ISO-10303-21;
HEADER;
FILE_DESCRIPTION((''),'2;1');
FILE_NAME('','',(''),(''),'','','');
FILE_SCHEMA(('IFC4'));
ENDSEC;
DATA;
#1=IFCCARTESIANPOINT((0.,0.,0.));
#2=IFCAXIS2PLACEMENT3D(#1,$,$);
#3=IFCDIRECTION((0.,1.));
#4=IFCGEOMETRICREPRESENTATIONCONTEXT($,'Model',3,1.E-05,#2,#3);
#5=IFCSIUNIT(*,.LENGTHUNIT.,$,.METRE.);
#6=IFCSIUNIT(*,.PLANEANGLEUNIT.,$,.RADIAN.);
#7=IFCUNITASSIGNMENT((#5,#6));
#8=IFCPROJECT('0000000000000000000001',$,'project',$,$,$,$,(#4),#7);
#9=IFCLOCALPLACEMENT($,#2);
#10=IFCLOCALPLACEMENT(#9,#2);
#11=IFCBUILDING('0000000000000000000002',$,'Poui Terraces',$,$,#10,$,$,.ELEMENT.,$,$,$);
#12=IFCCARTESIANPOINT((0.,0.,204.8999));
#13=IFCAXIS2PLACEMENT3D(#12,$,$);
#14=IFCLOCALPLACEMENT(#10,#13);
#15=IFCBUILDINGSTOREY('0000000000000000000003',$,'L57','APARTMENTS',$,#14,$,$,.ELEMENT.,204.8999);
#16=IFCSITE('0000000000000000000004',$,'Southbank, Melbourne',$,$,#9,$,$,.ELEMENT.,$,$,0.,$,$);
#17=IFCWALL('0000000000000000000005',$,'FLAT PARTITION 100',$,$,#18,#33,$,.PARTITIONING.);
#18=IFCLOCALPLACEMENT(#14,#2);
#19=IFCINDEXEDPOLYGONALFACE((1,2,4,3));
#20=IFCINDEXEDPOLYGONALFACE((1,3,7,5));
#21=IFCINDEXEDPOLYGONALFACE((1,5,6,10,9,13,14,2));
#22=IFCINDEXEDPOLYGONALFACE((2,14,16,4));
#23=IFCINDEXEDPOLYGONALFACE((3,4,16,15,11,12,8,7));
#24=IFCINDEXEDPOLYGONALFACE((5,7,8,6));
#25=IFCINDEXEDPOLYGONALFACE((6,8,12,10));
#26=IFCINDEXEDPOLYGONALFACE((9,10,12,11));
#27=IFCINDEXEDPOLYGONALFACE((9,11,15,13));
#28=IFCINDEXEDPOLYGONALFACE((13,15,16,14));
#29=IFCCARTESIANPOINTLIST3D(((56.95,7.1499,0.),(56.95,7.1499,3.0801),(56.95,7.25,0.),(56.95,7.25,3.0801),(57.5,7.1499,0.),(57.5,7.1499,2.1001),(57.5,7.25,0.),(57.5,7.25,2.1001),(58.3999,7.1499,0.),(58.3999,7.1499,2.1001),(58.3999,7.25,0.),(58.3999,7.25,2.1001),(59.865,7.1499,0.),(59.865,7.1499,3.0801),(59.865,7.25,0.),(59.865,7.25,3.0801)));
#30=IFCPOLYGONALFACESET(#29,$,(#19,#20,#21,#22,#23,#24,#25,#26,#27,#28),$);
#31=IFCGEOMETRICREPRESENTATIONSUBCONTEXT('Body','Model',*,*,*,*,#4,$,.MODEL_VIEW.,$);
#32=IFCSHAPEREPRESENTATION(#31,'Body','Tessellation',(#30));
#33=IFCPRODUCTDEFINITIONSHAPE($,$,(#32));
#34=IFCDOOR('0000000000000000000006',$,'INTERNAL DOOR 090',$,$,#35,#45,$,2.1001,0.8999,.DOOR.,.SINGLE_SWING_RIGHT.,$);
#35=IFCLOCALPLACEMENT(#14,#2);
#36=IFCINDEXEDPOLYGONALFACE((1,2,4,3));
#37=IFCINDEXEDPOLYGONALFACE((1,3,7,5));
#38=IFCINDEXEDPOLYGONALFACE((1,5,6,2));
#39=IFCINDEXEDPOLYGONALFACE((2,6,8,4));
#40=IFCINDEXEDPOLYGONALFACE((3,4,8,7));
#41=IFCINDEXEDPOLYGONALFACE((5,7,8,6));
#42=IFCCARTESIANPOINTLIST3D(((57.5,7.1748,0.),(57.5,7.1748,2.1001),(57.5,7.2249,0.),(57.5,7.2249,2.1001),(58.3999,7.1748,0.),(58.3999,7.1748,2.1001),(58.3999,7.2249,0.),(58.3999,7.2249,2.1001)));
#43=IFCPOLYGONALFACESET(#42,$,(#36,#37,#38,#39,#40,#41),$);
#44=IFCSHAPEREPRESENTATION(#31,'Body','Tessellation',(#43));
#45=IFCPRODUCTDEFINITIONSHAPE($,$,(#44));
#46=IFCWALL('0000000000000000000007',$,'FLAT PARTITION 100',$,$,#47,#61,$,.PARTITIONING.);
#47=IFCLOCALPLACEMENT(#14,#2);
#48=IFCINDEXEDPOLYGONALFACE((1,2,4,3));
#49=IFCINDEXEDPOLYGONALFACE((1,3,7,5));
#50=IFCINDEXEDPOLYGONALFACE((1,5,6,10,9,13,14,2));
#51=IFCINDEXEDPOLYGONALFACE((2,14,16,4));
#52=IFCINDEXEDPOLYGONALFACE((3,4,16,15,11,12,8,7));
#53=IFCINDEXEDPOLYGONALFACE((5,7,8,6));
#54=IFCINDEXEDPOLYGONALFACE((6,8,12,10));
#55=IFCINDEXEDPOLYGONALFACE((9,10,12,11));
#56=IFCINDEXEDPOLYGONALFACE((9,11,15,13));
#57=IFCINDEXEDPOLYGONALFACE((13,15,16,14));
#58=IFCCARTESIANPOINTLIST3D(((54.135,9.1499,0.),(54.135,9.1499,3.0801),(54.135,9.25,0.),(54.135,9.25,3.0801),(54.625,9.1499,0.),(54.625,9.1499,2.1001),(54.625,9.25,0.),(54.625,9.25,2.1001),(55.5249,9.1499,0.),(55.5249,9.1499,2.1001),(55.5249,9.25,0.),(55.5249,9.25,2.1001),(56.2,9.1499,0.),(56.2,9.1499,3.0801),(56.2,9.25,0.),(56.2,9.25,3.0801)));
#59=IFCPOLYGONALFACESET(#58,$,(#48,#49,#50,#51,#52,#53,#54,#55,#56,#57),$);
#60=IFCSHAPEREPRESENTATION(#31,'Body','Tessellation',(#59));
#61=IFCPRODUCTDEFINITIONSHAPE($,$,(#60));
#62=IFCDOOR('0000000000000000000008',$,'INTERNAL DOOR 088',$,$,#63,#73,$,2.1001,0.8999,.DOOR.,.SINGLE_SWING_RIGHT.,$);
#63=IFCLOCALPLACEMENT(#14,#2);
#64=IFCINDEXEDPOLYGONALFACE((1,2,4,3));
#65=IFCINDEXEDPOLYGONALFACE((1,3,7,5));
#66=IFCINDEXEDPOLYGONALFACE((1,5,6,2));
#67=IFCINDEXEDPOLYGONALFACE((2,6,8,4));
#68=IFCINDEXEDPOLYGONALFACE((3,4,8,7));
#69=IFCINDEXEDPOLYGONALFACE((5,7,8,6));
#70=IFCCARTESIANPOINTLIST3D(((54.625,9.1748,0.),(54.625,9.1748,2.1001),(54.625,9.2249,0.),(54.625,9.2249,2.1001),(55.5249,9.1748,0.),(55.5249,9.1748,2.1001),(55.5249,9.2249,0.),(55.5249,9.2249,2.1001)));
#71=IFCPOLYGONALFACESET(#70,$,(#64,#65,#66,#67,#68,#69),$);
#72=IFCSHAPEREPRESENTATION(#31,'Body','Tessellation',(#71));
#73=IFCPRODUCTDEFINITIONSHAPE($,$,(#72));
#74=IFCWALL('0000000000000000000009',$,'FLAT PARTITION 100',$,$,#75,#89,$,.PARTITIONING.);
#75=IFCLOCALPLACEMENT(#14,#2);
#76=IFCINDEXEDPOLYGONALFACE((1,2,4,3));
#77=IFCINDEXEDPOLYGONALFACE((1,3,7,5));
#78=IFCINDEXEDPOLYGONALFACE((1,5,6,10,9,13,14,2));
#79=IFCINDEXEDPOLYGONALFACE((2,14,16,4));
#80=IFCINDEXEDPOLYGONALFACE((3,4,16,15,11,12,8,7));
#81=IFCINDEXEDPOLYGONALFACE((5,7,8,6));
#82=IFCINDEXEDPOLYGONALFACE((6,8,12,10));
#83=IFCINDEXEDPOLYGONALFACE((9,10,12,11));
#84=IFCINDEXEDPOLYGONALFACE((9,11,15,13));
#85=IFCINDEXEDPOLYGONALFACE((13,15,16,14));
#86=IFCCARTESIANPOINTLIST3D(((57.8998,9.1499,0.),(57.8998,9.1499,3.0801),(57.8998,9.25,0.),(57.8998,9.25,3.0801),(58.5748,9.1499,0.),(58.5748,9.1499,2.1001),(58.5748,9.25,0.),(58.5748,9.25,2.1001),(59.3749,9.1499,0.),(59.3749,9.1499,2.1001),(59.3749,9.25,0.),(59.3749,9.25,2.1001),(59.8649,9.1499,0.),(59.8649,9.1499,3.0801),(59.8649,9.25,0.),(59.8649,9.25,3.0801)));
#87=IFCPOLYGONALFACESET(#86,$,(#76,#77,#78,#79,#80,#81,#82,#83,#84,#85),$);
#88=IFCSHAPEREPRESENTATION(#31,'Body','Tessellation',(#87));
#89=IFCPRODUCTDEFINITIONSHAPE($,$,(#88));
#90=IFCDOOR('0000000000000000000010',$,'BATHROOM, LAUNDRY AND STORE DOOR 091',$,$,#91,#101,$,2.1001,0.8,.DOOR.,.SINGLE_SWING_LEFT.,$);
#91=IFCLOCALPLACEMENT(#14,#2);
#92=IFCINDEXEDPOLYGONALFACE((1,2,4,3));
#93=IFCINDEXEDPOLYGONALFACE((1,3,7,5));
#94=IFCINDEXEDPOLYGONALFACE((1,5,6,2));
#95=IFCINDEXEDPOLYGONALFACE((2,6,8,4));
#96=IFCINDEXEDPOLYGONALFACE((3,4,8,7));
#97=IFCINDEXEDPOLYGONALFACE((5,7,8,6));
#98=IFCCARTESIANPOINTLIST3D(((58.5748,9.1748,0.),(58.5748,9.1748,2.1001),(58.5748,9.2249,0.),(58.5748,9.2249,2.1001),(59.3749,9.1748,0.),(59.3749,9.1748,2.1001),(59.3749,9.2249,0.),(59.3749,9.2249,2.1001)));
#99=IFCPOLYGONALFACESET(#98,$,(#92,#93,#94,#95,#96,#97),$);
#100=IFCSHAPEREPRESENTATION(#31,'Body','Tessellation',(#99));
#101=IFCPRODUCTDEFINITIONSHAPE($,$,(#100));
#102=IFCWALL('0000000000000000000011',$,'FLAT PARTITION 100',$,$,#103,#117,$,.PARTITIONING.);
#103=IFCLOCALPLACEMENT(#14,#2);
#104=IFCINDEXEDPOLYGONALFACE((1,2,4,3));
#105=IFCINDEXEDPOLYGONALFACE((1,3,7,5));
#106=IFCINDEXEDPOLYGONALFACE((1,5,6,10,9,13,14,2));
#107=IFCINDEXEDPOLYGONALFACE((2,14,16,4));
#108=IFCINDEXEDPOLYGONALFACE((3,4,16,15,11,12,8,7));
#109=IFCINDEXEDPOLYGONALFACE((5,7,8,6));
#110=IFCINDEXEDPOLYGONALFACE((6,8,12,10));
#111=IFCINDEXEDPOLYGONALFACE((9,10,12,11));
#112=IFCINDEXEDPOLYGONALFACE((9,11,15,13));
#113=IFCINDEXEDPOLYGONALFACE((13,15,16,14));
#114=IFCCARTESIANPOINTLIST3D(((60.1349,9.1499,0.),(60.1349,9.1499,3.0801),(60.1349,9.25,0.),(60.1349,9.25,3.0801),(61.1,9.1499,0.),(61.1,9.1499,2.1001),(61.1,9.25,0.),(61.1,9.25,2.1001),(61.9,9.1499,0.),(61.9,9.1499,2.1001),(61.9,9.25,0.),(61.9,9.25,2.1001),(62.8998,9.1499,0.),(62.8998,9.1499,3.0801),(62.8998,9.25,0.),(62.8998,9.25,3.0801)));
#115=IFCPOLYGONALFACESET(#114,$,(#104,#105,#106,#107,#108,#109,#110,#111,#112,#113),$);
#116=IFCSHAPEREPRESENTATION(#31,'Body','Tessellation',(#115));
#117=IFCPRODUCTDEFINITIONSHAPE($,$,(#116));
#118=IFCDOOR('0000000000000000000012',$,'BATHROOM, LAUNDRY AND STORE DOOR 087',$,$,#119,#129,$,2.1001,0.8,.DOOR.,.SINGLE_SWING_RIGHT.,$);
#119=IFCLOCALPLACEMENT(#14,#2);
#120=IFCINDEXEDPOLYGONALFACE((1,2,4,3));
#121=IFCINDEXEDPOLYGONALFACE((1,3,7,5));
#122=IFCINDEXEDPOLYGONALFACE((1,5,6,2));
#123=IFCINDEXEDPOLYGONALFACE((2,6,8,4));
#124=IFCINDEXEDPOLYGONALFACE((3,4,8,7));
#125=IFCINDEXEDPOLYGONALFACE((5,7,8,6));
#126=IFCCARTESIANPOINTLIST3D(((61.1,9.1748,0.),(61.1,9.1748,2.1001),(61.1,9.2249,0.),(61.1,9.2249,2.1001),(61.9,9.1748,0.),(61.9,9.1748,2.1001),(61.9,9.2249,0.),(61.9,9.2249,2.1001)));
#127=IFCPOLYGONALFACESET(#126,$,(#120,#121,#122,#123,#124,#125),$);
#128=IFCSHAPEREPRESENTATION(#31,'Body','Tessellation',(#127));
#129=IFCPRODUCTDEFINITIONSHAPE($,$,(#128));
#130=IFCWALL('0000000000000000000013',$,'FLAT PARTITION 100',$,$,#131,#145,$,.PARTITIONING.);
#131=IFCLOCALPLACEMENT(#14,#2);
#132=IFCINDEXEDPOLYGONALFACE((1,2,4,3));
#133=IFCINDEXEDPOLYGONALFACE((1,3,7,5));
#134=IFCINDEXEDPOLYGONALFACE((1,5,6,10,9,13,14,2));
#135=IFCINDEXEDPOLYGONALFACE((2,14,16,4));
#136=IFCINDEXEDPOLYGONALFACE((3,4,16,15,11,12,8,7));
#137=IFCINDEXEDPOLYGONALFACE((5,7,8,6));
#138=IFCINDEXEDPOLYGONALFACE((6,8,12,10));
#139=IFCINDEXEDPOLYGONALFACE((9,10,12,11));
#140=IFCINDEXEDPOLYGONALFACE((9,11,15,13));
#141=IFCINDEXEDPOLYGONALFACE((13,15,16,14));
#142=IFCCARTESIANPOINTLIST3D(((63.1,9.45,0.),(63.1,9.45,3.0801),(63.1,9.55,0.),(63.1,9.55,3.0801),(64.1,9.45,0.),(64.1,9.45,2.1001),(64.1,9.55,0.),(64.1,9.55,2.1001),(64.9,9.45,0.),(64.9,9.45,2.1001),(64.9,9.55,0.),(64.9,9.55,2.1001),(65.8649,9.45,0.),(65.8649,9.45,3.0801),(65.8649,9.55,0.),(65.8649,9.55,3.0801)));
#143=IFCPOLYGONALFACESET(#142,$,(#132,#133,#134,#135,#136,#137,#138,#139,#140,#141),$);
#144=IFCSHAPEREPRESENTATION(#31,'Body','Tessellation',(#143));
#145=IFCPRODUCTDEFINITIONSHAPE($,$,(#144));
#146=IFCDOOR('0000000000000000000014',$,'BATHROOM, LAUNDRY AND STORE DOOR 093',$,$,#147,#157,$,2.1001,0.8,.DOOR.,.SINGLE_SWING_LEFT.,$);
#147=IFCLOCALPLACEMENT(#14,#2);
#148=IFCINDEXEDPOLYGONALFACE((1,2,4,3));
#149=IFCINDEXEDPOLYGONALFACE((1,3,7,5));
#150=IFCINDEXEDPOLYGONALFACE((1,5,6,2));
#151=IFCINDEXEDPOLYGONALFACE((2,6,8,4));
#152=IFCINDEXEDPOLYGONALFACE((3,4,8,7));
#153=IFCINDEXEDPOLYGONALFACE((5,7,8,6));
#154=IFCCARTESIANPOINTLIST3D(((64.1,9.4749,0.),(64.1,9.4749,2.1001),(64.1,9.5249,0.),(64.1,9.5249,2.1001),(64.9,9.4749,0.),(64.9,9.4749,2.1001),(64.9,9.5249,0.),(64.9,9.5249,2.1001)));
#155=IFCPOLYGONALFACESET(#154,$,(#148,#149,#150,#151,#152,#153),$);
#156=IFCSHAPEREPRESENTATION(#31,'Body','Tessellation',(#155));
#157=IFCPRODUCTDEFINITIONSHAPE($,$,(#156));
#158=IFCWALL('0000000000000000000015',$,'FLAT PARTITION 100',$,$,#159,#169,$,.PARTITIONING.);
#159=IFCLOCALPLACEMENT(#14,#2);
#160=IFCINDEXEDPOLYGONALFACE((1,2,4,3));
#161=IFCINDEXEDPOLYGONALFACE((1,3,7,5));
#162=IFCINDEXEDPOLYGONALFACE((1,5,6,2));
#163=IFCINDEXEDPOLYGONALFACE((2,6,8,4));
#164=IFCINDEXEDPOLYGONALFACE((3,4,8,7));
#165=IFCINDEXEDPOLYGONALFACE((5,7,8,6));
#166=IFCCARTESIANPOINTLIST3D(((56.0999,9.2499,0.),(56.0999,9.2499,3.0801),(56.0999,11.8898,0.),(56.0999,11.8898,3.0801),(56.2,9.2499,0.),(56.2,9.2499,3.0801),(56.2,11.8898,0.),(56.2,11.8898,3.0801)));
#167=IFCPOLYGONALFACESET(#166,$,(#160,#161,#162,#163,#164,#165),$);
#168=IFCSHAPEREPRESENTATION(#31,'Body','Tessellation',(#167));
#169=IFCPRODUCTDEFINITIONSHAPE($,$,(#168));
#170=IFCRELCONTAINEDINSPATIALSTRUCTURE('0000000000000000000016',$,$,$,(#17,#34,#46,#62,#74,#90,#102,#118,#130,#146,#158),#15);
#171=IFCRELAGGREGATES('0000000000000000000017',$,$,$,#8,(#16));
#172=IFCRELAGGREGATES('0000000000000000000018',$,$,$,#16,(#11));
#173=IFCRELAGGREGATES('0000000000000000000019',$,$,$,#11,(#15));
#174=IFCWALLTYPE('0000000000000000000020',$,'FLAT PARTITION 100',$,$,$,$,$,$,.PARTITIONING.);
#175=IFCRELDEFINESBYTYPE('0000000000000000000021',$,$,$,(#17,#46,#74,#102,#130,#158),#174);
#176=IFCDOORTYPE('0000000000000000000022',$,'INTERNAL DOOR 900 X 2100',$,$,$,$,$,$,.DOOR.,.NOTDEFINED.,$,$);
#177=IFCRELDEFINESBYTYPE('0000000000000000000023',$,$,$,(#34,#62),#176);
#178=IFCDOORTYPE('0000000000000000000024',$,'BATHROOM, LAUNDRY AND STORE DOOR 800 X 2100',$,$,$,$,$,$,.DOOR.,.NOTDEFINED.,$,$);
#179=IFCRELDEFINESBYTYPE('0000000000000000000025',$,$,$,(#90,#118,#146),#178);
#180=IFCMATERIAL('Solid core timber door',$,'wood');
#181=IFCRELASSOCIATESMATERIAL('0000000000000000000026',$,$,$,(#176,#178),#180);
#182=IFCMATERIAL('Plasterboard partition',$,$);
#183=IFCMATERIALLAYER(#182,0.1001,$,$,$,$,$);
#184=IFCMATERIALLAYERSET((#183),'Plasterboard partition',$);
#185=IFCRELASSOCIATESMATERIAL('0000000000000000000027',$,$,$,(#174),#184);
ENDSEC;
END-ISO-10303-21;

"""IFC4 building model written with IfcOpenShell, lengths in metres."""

from ifc_helpers import new_model, si_unit, direction, frame, frame_2d, origin, place, context, subcontext, project, spatial, rectangle, extrude, material, layer, layer_set, type_object, element, fill, save


model = new_model("IFC4")

# Units and contexts
model_context = context("Model", 3, precision=1e-05, world=origin(), true_north=direction((0.0, 1.0)))
body_context = subcontext(model_context, "Body", "Model", "MODEL_VIEW")
ifc_project = project(units=[si_unit("LENGTHUNIT", "METRE"), si_unit("PLANEANGLEUNIT", "RADIAN")], contexts=[model_context])

# Site, building, storey
site_placement = place(None, origin())
site = spatial("IfcSite", under=ifc_project, at=site_placement, Name="Southbank, Melbourne", CompositionType="ELEMENT", RefElevation=0.0)
building_placement = place(site_placement, origin())
building = spatial("IfcBuilding", under=site, at=building_placement, Name="Poui Terraces", CompositionType="ELEMENT")
storey_placement = place(building_placement, frame((0.0, 0.0, 204.8999)))
storey = spatial("IfcBuildingStorey", under=building, at=storey_placement, Name="L57", Description="APARTMENTS", CompositionType="ELEMENT", Elevation=204.8999)

# Walls, openings, doors
ifc_material_1 = material(Name="Solid core timber door", Category="wood")
door_type_1 = type_object("IfcDoorType", Name="INTERNAL DOOR 900 X 2100", OperationType="NOTDEFINED", PredefinedType="DOOR", material=ifc_material_1)
ifc_material_2 = material(Name="Plasterboard partition")
ifc_layer_1 = layer(ifc_material_2, 0.1001)
ifc_layer_set_1 = layer_set([ifc_layer_1], Name="Plasterboard partition")
wall_type_1 = type_object("IfcWallType", Name="FLAT PARTITION 100", PredefinedType="PARTITIONING", material=ifc_layer_set_1)
wall_1_placement = place(storey_placement, frame((56.95, 7.2, 0.0), z_axis=(0.0, 0.0, 1.0), x_axis=(1.0, 0.0, 0.0)))
wall_1 = element("IfcWall", 1, at=wall_1_placement, inside=storey, type_object=wall_type_1, Name="FLAT PARTITION 100", PredefinedType="PARTITIONING", context=body_context, shape_type="SweptSolid", body=[
    extrude(rectangle(XDim=2.915, YDim=0.1001, at=frame_2d((1.4575, 0.0))), origin(), (0.0, 0.0, 1.0), 3.0801),
])
opening_1_placement = place(wall_1_placement, frame((0.55, 0.0, 0.0)))
opening_1 = element("IfcOpeningElement", 2, at=opening_1_placement, cuts=wall_1, PredefinedType="OPENING", context=body_context, shape_type="SweptSolid", body=[
    extrude(rectangle(XDim=0.8999, YDim=2.1001, at=frame_2d((0.45, 1.05))), frame((0.0, 0.0601, 0.0), z_axis=(0.0, -1.0, 0.0), x_axis=(1.0, 0.0, 0.0)), (0.0, 0.0, 1.0), 0.1201),
])
door_1_placement = place(opening_1_placement, origin())
door_1 = element("IfcDoor", 3, at=door_1_placement, inside=storey, type_object=door_type_1, Name="INTERNAL DOOR 090", OperationType="SINGLE_SWING_RIGHT", OverallHeight=2.1001, OverallWidth=0.8999, PredefinedType="DOOR", context=body_context, shape_type="SweptSolid", body=[
    extrude(rectangle(XDim=0.8999, YDim=2.1001, at=frame_2d((0.45, 1.05))), frame((0.0, 0.0249, 0.0), z_axis=(0.0, -1.0, 0.0), x_axis=(1.0, 0.0, 0.0)), (0.0, 0.0, 1.0), 0.05),
])
fill(opening_1, door_1)
wall_2_placement = place(storey_placement, frame((54.135, 9.2, 0.0), z_axis=(0.0, 0.0, 1.0), x_axis=(1.0, 0.0, 0.0)))
wall_2 = element("IfcWall", 4, at=wall_2_placement, inside=storey, type_object=wall_type_1, Name="FLAT PARTITION 100", PredefinedType="PARTITIONING", context=body_context, shape_type="SweptSolid", body=[
    extrude(rectangle(XDim=2.0649, YDim=0.1001, at=frame_2d((1.0325, 0.0))), origin(), (0.0, 0.0, 1.0), 3.0801),
])
opening_2_placement = place(wall_2_placement, frame((0.49, 0.0, 0.0)))
opening_2 = element("IfcOpeningElement", 5, at=opening_2_placement, cuts=wall_2, PredefinedType="OPENING", context=body_context, shape_type="SweptSolid", body=[
    extrude(rectangle(XDim=0.8999, YDim=2.1001, at=frame_2d((0.45, 1.05))), frame((0.0, 0.0601, 0.0), z_axis=(0.0, -1.0, 0.0), x_axis=(1.0, 0.0, 0.0)), (0.0, 0.0, 1.0), 0.1201),
])
door_2_placement = place(opening_2_placement, origin())
door_2 = element("IfcDoor", 6, at=door_2_placement, inside=storey, type_object=door_type_1, Name="INTERNAL DOOR 088", OperationType="SINGLE_SWING_RIGHT", OverallHeight=2.1001, OverallWidth=0.8999, PredefinedType="DOOR", context=body_context, shape_type="SweptSolid", body=[
    extrude(rectangle(XDim=0.8999, YDim=2.1001, at=frame_2d((0.45, 1.05))), frame((0.0, 0.0249, 0.0), z_axis=(0.0, -1.0, 0.0), x_axis=(1.0, 0.0, 0.0)), (0.0, 0.0, 1.0), 0.05),
])
fill(opening_2, door_2)
wall_3_placement = place(storey_placement, frame((57.8999, 9.2, 0.0), z_axis=(0.0, 0.0, 1.0), x_axis=(1.0, 0.0, 0.0)))
wall_3 = element("IfcWall", 7, at=wall_3_placement, inside=storey, type_object=wall_type_1, Name="FLAT PARTITION 100", PredefinedType="PARTITIONING", context=body_context, shape_type="SweptSolid", body=[
    extrude(rectangle(XDim=1.9651, YDim=0.1001, at=frame_2d((0.9824, 0.0))), origin(), (0.0, 0.0, 1.0), 3.0801),
])
opening_3_placement = place(wall_3_placement, frame((0.675, 0.0, 0.0)))
opening_3 = element("IfcOpeningElement", 8, at=opening_3_placement, cuts=wall_3, PredefinedType="OPENING", context=body_context, shape_type="SweptSolid", body=[
    extrude(rectangle(XDim=0.8, YDim=2.1001, at=frame_2d((0.3999, 1.05))), frame((0.0, 0.0601, 0.0), z_axis=(0.0, -1.0, 0.0), x_axis=(1.0, 0.0, 0.0)), (0.0, 0.0, 1.0), 0.1201),
])
door_type_2 = type_object("IfcDoorType", Name="BATHROOM, LAUNDRY AND STORE DOOR 800 X 2100", OperationType="NOTDEFINED", PredefinedType="DOOR", material=ifc_material_1)
door_3_placement = place(opening_3_placement, origin())
door_3 = element("IfcDoor", 9, at=door_3_placement, inside=storey, type_object=door_type_2, Name="BATHROOM, LAUNDRY AND STORE DOOR 091", OperationType="SINGLE_SWING_LEFT", OverallHeight=2.1001, OverallWidth=0.8, PredefinedType="DOOR", context=body_context, shape_type="SweptSolid", body=[
    extrude(rectangle(XDim=0.8, YDim=2.1001, at=frame_2d((0.3999, 1.05))), frame((0.0, 0.0249, 0.0), z_axis=(0.0, -1.0, 0.0), x_axis=(1.0, 0.0, 0.0)), (0.0, 0.0, 1.0), 0.05),
])
fill(opening_3, door_3)
wall_4_placement = place(storey_placement, frame((60.135, 9.2, 0.0), z_axis=(0.0, 0.0, 1.0), x_axis=(1.0, 0.0, 0.0)))
wall_4 = element("IfcWall", 10, at=wall_4_placement, inside=storey, type_object=wall_type_1, Name="FLAT PARTITION 100", PredefinedType="PARTITIONING", context=body_context, shape_type="SweptSolid", body=[
    extrude(rectangle(XDim=2.7649, YDim=0.1001, at=frame_2d((1.3823, 0.0))), origin(), (0.0, 0.0, 1.0), 3.0801),
])
opening_4_placement = place(wall_4_placement, frame((0.9651, 0.0, 0.0)))
opening_4 = element("IfcOpeningElement", 11, at=opening_4_placement, cuts=wall_4, PredefinedType="OPENING", context=body_context, shape_type="SweptSolid", body=[
    extrude(rectangle(XDim=0.8, YDim=2.1001, at=frame_2d((0.3999, 1.05))), frame((0.0, 0.0601, 0.0), z_axis=(0.0, -1.0, 0.0), x_axis=(1.0, 0.0, 0.0)), (0.0, 0.0, 1.0), 0.1201),
])
door_4_placement = place(opening_4_placement, origin())
door_4 = element("IfcDoor", 12, at=door_4_placement, inside=storey, type_object=door_type_2, Name="BATHROOM, LAUNDRY AND STORE DOOR 087", OperationType="SINGLE_SWING_RIGHT", OverallHeight=2.1001, OverallWidth=0.8, PredefinedType="DOOR", context=body_context, shape_type="SweptSolid", body=[
    extrude(rectangle(XDim=0.8, YDim=2.1001, at=frame_2d((0.3999, 1.05))), frame((0.0, 0.0249, 0.0), z_axis=(0.0, -1.0, 0.0), x_axis=(1.0, 0.0, 0.0)), (0.0, 0.0, 1.0), 0.05),
])
fill(opening_4, door_4)
wall_5_placement = place(storey_placement, frame((63.1001, 9.5, 0.0), z_axis=(0.0, 0.0, 1.0), x_axis=(1.0, 0.0, 0.0)))
wall_5 = element("IfcWall", 13, at=wall_5_placement, inside=storey, type_object=wall_type_1, Name="FLAT PARTITION 100", PredefinedType="PARTITIONING", context=body_context, shape_type="SweptSolid", body=[
    extrude(rectangle(XDim=2.7649, YDim=0.1001, at=frame_2d((1.3823, 0.0))), origin(), (0.0, 0.0, 1.0), 3.0801),
])
opening_5_placement = place(wall_5_placement, frame((1.0, 0.0, 0.0)))
opening_5 = element("IfcOpeningElement", 14, at=opening_5_placement, cuts=wall_5, PredefinedType="OPENING", context=body_context, shape_type="SweptSolid", body=[
    extrude(rectangle(XDim=0.8, YDim=2.1001, at=frame_2d((0.3999, 1.05))), frame((0.0, 0.0601, 0.0), z_axis=(0.0, -1.0, 0.0), x_axis=(1.0, 0.0, 0.0)), (0.0, 0.0, 1.0), 0.1201),
])
door_5_placement = place(opening_5_placement, origin())
door_5 = element("IfcDoor", 15, at=door_5_placement, inside=storey, type_object=door_type_2, Name="BATHROOM, LAUNDRY AND STORE DOOR 093", OperationType="SINGLE_SWING_LEFT", OverallHeight=2.1001, OverallWidth=0.8, PredefinedType="DOOR", context=body_context, shape_type="SweptSolid", body=[
    extrude(rectangle(XDim=0.8, YDim=2.1001, at=frame_2d((0.3999, 1.05))), frame((0.0, 0.0249, 0.0), z_axis=(0.0, -1.0, 0.0), x_axis=(1.0, 0.0, 0.0)), (0.0, 0.0, 1.0), 0.05),
])
fill(opening_5, door_5)

# Wall
wall_6_placement = place(storey_placement, frame((56.1499, 9.25, 0.0), z_axis=(0.0, 0.0, 1.0), x_axis=(0.0, 1.0, 0.0)))
element("IfcWall", 16, at=wall_6_placement, inside=storey, type_object=wall_type_1, Name="FLAT PARTITION 100", PredefinedType="PARTITIONING", context=body_context, shape_type="SweptSolid", body=[
    extrude(rectangle(XDim=2.6399, YDim=0.1001, at=frame_2d((1.3198, 0.0))), origin(), (0.0, 0.0, 1.0), 3.0801),
])

save(model, "model.ifc")
